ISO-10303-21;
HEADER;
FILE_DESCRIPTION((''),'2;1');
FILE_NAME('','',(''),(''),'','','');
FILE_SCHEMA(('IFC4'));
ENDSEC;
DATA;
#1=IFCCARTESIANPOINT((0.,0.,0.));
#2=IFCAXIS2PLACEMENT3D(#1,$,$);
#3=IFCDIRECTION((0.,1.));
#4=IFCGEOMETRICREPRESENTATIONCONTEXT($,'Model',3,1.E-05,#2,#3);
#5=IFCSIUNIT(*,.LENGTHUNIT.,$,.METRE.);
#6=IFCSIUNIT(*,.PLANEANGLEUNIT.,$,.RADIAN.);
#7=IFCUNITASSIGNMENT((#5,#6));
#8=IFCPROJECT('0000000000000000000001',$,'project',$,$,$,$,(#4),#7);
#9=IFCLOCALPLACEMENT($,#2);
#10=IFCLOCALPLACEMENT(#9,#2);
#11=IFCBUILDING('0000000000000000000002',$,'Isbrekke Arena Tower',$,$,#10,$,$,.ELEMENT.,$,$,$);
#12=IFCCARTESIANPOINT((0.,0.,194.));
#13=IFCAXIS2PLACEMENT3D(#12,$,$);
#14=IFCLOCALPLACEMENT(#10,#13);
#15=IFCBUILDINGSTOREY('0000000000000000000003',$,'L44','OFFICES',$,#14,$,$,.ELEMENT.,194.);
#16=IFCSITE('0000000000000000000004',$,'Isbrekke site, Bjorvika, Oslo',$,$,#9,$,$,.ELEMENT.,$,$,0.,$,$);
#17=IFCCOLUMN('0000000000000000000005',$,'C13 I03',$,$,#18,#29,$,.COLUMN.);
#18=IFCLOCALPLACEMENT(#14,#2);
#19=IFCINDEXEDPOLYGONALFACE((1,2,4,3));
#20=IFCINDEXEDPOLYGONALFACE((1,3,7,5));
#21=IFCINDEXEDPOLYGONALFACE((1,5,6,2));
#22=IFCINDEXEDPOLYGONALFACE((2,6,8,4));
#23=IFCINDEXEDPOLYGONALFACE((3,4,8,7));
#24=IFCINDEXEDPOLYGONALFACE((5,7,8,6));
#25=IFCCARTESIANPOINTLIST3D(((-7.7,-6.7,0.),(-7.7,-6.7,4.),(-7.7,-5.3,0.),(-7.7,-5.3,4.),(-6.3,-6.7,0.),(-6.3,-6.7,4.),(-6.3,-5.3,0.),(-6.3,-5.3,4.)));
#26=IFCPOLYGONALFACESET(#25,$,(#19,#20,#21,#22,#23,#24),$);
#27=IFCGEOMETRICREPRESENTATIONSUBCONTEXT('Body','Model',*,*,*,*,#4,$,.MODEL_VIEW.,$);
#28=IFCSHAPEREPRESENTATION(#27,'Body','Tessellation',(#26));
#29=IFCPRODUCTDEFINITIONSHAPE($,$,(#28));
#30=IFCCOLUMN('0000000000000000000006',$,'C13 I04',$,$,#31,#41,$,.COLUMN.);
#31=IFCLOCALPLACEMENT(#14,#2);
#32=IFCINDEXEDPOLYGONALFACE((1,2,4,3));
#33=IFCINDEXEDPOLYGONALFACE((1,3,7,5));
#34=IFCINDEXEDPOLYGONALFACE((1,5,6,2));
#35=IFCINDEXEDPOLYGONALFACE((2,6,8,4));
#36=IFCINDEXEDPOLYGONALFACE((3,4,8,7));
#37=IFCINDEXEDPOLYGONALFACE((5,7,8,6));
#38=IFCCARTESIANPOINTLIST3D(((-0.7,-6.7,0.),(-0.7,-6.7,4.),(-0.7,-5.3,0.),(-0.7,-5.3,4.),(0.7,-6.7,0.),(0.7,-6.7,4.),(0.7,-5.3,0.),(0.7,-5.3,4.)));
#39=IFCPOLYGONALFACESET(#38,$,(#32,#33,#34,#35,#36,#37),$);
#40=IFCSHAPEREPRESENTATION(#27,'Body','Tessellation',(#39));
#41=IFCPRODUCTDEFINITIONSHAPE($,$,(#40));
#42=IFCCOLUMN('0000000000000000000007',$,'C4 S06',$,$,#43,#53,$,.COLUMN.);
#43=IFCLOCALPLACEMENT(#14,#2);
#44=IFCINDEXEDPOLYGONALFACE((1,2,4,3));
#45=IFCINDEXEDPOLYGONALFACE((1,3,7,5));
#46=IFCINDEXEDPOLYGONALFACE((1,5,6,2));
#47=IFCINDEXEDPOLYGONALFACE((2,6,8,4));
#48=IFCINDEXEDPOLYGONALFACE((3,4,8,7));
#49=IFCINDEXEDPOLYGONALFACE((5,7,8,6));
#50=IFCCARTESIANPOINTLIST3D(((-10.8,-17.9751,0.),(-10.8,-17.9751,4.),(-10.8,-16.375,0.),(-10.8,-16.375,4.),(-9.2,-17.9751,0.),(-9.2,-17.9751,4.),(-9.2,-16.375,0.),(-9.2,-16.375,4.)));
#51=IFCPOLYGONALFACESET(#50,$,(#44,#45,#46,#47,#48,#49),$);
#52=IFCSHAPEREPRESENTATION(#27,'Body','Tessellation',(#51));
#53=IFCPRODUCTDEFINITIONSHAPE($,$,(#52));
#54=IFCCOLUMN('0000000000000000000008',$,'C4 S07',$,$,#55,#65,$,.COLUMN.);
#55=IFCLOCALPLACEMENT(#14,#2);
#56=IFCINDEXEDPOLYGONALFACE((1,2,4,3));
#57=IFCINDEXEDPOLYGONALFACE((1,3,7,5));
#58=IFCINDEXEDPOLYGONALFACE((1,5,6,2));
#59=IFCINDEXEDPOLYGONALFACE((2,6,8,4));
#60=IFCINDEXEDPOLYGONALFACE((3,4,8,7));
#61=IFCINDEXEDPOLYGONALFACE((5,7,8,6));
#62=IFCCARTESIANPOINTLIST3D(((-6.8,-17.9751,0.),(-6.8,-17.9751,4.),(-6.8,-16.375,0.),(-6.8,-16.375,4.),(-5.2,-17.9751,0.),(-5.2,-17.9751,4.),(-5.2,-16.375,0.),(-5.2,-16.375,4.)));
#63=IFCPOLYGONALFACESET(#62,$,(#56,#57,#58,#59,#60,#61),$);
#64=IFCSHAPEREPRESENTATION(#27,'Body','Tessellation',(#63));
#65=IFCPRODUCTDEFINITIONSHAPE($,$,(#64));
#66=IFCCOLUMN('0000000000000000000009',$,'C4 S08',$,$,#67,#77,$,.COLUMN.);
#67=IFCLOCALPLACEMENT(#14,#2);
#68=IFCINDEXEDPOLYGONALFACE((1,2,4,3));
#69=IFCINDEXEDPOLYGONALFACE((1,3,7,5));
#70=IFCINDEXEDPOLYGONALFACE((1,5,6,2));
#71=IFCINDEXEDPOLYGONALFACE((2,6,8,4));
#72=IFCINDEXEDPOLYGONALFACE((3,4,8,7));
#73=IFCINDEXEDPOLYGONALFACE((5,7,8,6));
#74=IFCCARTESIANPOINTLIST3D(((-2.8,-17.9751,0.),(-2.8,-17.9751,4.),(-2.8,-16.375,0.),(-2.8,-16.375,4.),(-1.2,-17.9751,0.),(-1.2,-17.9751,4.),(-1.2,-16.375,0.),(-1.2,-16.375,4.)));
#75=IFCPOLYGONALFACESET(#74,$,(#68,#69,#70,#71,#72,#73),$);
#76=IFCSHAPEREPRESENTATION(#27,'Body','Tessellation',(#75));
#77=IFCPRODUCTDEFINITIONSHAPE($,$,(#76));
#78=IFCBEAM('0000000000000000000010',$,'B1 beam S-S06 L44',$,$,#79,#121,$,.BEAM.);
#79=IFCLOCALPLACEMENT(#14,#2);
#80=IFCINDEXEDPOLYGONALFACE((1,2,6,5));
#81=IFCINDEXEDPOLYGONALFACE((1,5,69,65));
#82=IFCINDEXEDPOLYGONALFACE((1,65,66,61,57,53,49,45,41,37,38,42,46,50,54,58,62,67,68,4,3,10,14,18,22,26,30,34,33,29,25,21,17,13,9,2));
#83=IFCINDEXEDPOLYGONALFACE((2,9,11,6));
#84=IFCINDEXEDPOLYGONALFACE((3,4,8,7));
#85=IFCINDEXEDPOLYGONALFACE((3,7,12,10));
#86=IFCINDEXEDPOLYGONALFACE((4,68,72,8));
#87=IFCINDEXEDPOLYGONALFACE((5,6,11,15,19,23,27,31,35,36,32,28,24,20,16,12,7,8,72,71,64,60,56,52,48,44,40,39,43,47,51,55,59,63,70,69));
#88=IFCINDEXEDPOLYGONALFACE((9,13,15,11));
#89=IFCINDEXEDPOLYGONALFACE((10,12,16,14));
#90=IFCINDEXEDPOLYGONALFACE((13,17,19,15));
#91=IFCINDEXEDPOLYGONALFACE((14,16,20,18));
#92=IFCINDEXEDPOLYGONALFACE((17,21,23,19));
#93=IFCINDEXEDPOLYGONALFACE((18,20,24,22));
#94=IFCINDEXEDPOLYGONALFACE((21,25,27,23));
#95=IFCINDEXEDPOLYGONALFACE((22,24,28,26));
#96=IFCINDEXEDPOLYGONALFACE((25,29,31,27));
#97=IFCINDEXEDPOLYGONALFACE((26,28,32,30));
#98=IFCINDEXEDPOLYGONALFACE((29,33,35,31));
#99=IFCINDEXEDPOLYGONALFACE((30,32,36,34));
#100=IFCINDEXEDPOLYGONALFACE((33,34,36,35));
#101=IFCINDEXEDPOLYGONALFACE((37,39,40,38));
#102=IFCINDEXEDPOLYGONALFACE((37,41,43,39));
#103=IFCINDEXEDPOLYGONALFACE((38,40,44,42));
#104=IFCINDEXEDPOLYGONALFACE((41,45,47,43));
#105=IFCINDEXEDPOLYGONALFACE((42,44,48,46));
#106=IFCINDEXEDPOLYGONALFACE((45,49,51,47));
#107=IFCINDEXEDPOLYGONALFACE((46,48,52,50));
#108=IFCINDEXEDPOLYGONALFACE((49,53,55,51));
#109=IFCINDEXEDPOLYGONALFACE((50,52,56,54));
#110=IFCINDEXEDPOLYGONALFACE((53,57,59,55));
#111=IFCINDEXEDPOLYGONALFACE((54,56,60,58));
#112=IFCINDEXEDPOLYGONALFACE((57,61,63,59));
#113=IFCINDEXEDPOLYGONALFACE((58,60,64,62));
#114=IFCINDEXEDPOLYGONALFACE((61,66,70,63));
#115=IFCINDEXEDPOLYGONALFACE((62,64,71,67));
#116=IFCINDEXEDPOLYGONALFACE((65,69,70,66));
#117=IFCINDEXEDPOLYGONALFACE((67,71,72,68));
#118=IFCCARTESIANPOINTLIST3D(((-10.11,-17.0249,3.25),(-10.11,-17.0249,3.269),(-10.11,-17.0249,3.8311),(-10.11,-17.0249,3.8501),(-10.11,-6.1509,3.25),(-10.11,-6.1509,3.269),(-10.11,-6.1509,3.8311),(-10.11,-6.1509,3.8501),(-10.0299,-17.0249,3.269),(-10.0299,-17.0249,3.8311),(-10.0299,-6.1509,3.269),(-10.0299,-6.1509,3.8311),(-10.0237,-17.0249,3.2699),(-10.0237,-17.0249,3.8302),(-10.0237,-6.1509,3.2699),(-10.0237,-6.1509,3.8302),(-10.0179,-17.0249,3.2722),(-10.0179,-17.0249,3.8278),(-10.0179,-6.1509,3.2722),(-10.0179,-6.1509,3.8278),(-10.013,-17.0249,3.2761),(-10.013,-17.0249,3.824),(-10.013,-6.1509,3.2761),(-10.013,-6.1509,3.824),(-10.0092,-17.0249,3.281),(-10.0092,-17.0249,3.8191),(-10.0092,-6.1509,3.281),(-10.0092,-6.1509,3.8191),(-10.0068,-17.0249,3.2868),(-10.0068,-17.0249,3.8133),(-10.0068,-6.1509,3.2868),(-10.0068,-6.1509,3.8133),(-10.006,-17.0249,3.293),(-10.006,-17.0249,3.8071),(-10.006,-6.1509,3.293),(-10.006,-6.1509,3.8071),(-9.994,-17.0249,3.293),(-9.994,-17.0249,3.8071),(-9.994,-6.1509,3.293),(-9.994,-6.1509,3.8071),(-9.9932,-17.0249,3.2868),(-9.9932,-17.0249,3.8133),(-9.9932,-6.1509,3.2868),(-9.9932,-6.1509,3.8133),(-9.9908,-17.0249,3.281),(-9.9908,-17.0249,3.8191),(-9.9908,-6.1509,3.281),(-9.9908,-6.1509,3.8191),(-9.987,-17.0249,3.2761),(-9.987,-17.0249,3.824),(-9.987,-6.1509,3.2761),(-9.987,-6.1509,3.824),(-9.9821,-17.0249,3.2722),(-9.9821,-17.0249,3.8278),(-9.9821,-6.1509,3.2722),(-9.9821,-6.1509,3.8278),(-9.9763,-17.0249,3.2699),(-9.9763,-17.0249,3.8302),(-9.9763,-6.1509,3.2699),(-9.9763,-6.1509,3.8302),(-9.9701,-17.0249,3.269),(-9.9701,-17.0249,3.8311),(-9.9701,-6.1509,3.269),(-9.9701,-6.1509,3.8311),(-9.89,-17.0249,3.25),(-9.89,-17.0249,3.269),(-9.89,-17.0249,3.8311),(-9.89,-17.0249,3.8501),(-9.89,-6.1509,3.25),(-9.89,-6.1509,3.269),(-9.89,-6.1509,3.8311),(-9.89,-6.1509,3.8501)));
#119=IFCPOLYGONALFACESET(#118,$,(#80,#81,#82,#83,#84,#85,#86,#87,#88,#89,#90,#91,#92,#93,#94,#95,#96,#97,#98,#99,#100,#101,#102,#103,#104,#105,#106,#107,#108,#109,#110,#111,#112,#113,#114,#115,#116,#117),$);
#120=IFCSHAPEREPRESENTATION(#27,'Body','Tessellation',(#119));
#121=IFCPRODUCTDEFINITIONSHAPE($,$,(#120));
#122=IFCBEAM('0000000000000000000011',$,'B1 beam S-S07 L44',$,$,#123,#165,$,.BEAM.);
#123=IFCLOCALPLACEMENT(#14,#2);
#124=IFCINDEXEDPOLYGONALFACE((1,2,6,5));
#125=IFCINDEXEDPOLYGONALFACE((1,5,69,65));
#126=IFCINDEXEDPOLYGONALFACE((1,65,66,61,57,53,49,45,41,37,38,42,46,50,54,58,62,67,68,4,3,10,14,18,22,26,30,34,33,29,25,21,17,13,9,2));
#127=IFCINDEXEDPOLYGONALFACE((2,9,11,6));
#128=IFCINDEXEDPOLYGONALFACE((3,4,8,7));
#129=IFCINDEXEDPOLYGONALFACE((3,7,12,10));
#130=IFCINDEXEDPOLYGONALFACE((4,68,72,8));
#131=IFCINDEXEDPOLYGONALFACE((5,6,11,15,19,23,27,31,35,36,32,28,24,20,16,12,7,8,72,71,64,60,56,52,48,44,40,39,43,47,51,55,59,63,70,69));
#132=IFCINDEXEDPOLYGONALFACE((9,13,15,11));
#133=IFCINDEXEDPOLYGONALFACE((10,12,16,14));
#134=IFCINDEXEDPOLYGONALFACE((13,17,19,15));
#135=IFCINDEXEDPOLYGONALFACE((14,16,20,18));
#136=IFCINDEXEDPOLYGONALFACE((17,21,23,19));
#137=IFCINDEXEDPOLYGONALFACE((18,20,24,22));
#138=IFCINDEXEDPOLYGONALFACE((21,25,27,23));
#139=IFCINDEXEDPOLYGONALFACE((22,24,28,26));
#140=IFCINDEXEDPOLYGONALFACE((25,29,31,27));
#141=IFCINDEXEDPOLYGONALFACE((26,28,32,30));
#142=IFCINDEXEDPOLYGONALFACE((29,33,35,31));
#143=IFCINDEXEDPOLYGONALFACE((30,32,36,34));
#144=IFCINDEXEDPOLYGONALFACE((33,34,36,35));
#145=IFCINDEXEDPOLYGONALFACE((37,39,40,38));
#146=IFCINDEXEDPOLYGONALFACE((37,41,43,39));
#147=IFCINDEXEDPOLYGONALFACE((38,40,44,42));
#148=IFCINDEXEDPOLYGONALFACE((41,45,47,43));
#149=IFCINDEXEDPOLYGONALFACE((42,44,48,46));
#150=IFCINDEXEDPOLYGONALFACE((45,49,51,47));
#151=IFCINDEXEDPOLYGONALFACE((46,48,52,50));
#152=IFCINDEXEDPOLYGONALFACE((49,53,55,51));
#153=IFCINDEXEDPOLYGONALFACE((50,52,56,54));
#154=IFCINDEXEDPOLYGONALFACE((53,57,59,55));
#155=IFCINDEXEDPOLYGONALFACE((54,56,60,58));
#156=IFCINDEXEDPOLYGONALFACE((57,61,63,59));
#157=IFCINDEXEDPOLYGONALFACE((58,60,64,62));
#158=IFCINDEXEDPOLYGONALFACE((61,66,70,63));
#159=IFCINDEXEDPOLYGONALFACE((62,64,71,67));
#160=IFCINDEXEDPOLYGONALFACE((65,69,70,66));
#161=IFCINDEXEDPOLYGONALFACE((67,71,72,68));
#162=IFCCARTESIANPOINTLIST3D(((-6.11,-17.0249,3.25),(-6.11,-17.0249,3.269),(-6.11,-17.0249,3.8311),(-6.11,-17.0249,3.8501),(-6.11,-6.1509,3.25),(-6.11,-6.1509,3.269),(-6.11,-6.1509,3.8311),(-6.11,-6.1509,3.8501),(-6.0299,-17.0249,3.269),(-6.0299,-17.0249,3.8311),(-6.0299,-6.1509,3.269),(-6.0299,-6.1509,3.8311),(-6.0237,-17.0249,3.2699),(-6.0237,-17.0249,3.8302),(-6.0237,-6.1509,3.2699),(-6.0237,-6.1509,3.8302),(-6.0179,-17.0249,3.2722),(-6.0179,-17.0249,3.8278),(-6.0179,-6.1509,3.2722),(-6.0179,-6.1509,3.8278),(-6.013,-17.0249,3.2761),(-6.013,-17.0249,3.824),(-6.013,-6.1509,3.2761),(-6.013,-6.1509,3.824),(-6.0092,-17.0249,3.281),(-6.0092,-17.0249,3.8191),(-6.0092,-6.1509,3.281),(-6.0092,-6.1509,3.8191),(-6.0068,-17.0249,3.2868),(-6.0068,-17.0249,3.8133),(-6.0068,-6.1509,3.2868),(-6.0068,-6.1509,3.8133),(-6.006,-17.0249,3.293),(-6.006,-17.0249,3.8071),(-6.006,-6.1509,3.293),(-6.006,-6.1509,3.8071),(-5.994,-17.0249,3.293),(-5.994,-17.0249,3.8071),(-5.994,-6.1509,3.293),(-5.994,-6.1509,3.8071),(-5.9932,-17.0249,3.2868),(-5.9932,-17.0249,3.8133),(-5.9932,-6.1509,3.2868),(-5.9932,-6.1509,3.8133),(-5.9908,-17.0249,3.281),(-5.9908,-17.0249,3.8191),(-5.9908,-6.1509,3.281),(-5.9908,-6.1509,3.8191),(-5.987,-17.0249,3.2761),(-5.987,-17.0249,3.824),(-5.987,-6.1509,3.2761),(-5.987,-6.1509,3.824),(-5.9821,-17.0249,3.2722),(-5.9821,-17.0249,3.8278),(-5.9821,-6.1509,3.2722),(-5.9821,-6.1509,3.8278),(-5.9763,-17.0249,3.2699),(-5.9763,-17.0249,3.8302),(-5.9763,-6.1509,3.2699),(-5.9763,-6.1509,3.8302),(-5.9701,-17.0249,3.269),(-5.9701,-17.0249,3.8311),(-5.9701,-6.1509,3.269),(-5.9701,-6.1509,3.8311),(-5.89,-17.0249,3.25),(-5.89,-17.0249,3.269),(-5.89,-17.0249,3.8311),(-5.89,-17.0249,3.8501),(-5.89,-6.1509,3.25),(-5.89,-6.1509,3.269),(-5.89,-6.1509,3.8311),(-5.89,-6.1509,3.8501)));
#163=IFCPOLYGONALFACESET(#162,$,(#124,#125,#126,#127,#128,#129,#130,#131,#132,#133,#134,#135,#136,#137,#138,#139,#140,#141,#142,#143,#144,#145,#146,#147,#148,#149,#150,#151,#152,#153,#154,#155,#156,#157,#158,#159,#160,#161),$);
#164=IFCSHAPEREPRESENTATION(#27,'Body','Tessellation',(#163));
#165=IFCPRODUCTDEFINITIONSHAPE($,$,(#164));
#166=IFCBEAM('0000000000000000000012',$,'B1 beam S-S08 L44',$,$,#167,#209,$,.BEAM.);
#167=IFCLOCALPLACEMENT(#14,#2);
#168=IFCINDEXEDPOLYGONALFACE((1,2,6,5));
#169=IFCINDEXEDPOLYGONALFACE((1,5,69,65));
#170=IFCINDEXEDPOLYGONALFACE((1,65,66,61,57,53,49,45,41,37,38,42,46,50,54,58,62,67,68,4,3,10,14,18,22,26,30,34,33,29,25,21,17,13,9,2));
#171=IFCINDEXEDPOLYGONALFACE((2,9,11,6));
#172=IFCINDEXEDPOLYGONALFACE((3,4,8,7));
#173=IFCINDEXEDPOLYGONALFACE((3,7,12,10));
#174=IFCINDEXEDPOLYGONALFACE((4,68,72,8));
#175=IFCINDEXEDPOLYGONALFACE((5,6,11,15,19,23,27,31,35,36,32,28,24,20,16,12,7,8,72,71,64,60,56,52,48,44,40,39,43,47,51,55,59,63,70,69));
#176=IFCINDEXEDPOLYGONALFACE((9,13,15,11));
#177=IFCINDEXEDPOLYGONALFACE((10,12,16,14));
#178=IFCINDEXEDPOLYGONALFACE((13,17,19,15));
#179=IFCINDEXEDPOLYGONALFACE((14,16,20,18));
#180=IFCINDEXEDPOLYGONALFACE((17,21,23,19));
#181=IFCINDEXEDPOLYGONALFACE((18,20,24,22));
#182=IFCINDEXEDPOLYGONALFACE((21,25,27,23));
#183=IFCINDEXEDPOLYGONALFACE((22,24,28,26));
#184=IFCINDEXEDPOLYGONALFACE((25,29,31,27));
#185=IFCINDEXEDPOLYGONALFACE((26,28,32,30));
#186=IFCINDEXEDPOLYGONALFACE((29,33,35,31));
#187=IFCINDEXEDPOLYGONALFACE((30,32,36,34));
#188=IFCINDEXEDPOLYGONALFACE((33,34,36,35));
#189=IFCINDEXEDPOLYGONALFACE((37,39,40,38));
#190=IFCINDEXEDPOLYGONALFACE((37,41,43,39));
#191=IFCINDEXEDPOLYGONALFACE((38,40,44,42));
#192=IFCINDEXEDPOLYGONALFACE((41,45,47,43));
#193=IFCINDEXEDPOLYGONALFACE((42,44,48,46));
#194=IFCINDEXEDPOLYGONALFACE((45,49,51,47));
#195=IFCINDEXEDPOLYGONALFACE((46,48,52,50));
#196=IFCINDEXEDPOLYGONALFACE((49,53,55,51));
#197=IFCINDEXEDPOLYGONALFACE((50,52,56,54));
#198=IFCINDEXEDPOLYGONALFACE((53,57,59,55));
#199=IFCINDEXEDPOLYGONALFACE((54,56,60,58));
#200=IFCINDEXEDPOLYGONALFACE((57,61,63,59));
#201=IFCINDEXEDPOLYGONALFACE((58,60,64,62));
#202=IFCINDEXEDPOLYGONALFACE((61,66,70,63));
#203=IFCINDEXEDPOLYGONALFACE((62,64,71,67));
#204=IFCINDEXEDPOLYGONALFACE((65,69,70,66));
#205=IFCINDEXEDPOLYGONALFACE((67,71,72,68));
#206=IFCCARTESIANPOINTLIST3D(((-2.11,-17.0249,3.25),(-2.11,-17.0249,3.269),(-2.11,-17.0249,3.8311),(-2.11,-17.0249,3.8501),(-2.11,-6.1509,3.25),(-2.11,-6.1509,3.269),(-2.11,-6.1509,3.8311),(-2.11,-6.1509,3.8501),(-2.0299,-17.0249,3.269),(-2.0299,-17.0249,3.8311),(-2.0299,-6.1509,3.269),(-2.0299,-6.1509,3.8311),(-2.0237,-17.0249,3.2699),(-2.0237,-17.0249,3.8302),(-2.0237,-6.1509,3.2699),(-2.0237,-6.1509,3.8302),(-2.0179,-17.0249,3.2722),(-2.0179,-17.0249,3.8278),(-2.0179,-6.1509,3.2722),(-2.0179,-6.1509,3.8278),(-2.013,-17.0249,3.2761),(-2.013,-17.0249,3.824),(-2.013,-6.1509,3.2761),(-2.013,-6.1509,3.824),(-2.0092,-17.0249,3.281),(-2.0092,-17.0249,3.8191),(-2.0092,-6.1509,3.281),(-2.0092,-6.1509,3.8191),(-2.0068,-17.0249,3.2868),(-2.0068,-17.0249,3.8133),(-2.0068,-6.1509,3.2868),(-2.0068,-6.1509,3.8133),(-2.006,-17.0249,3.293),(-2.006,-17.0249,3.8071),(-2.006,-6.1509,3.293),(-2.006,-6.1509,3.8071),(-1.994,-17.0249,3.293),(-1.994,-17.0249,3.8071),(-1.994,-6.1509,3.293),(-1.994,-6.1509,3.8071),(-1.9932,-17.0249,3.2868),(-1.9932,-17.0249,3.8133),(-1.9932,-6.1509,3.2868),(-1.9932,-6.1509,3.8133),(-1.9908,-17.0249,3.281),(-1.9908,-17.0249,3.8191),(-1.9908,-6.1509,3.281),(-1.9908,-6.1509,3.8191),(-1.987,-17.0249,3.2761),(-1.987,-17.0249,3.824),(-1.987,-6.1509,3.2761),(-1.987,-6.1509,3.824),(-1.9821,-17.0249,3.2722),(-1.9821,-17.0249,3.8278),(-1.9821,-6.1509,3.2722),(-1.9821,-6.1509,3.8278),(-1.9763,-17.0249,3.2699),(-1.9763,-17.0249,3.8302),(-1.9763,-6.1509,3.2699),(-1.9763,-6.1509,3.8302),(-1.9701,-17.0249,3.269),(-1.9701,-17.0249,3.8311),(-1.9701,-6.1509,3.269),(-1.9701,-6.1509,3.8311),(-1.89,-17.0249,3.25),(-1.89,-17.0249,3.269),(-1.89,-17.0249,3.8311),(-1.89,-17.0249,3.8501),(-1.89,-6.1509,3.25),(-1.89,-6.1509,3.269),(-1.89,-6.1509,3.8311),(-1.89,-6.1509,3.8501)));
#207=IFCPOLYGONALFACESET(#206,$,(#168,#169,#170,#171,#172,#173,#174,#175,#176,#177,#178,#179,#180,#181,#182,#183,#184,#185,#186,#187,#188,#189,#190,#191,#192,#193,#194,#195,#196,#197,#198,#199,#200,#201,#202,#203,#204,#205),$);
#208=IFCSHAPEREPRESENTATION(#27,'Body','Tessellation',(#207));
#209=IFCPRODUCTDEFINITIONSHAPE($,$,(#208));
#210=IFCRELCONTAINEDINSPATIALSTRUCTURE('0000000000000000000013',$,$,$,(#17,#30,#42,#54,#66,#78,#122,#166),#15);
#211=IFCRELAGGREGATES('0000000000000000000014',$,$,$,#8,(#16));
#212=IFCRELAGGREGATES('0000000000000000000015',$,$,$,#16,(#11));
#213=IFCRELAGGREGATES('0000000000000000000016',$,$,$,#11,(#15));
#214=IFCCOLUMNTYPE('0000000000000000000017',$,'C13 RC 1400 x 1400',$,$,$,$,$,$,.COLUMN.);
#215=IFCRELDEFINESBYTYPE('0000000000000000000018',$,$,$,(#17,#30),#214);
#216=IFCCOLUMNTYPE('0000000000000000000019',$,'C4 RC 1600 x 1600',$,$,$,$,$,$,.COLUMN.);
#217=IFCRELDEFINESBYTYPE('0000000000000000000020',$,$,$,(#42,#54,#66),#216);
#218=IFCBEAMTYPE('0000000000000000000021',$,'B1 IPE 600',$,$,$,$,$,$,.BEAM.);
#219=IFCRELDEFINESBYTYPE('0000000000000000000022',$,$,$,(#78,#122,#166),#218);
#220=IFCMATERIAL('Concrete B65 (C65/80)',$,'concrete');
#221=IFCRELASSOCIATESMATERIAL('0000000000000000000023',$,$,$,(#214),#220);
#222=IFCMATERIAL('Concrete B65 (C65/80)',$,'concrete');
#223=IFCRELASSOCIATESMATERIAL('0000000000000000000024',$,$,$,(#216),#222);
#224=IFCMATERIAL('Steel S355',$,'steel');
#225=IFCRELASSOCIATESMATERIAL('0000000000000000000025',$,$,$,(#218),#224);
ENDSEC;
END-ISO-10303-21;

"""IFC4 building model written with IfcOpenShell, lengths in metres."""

from ifc_helpers import new_model, si_unit, direction, frame, origin, origin_2d, place, context, subcontext, project, spatial, rectangle, i_section, extrude, material, material_profile, profile_set, type_object, element, save


model = new_model("IFC4")

# Units and contexts
model_context = context("Model", 3, precision=1e-05, world=origin(), true_north=direction((0.0, 1.0)))
body_context = subcontext(model_context, "Body", "Model", "MODEL_VIEW")
ifc_project = project(units=[si_unit("LENGTHUNIT", "METRE"), si_unit("PLANEANGLEUNIT", "RADIAN")], contexts=[model_context])

# Site, building, storey
site_placement = place(None, origin())
site = spatial("IfcSite", under=ifc_project, at=site_placement, Name="Isbrekke site, Bjorvika, Oslo", CompositionType="ELEMENT", RefElevation=0.0)
building_placement = place(site_placement, origin())
building = spatial("IfcBuilding", under=site, at=building_placement, Name="Isbrekke Arena Tower", CompositionType="ELEMENT")
storey_placement = place(building_placement, frame((0.0, 0.0, 194.0)))
storey = spatial("IfcBuildingStorey", under=building, at=storey_placement, Name="L44", Description="OFFICES", CompositionType="ELEMENT", Elevation=194.0)

# Columns
ifc_material_1 = material(Name="Concrete B65 (C65/80)", Category="concrete")
ifc_material_profile_1 = material_profile(ifc_material_1, rectangle(XDim=1.3999, YDim=1.3999, at=origin_2d()), Name="RC 1400x1400")
ifc_profile_set_1 = profile_set([ifc_material_profile_1], Name="Concrete B65 (C65/80)")
column_type_1 = type_object("IfcColumnType", Name="C13 RC 1400 x 1400", PredefinedType="COLUMN", material=ifc_profile_set_1)
for number, where, z_axis, x_axis, name in (
    (1, (-7.0, -6.0, 0.0), (0.0, 0.0, 1.0), (1.0, 0.0, 0.0), "C13 I03"),
    (2, (0.0, -6.0, 0.0), (0.0, 0.0, 1.0), (1.0, 0.0, 0.0), "C13 I04"),
):
    element("IfcColumn", number, at=place(storey_placement, frame(where, z_axis=z_axis, x_axis=x_axis)), inside=storey, type_object=column_type_1, Name=name, PredefinedType="COLUMN", context=body_context, shape_type="SweptSolid", body=[
        extrude(rectangle(XDim=1.3999, YDim=1.3999, at=origin_2d()), origin(), (0.0, 0.0, 1.0), 4.0),
    ])
ifc_material_2 = material(Name="Concrete B65 (C65/80)", Category="concrete")
ifc_material_profile_2 = material_profile(ifc_material_2, rectangle(XDim=1.6001, YDim=1.6001, at=origin_2d()), Name="RC 1600x1600")
ifc_profile_set_2 = profile_set([ifc_material_profile_2], Name="Concrete B65 (C65/80)")
column_type_2 = type_object("IfcColumnType", Name="C4 RC 1600 x 1600", PredefinedType="COLUMN", material=ifc_profile_set_2)
for number, where, z_axis, x_axis, name in (
    (3, (-10.0, -17.175, 0.0), (0.0, 0.0, 1.0), (1.0, 0.0, 0.0), "C4 S06"),
    (4, (-6.0, -17.175, 0.0), (0.0, 0.0, 1.0), (1.0, 0.0, 0.0), "C4 S07"),
    (5, (-2.0, -17.175, 0.0), (0.0, 0.0, 1.0), (1.0, 0.0, 0.0), "C4 S08"),
):
    element("IfcColumn", number, at=place(storey_placement, frame(where, z_axis=z_axis, x_axis=x_axis)), inside=storey, type_object=column_type_2, Name=name, PredefinedType="COLUMN", context=body_context, shape_type="SweptSolid", body=[
        extrude(rectangle(XDim=1.6001, YDim=1.6001, at=origin_2d()), origin(), (0.0, 0.0, 1.0), 4.0),
    ])

# Beams
ifc_material_3 = material(Name="Steel S355", Category="steel")
ifc_material_profile_3 = material_profile(ifc_material_3, i_section(OverallWidth=0.22, OverallDepth=0.6001, WebThickness=0.012, FlangeThickness=0.019, FilletRadius=0.0239, at=origin_2d()), Name="IPE 600")
ifc_profile_set_3 = profile_set([ifc_material_profile_3], Name="Steel S355")
beam_type_1 = type_object("IfcBeamType", Name="B1 IPE 600", PredefinedType="BEAM", material=ifc_profile_set_3)
for number, where, z_axis, x_axis, name in (
    (6, (-10.0, -17.0249, 3.55), (0.0, 1.0, 0.0), (-1.0, 0.0, 0.0), "B1 beam S-S06 L44"),
    (7, (-6.0, -17.0249, 3.55), (0.0, 1.0, 0.0), (-1.0, 0.0, 0.0), "B1 beam S-S07 L44"),
    (8, (-2.0, -17.0249, 3.55), (0.0, 1.0, 0.0), (-1.0, 0.0, 0.0), "B1 beam S-S08 L44"),
):
    element("IfcBeam", number, at=place(storey_placement, frame(where, z_axis=z_axis, x_axis=x_axis)), inside=storey, type_object=beam_type_1, Name=name, PredefinedType="BEAM", context=body_context, shape_type="SweptSolid", body=[
        extrude(i_section(OverallWidth=0.22, OverallDepth=0.6001, WebThickness=0.012, FlangeThickness=0.019, FilletRadius=0.0239, at=origin_2d()), origin(), (0.0, 0.0, 1.0), 10.874),
    ])

save(model, "model.ifc")
